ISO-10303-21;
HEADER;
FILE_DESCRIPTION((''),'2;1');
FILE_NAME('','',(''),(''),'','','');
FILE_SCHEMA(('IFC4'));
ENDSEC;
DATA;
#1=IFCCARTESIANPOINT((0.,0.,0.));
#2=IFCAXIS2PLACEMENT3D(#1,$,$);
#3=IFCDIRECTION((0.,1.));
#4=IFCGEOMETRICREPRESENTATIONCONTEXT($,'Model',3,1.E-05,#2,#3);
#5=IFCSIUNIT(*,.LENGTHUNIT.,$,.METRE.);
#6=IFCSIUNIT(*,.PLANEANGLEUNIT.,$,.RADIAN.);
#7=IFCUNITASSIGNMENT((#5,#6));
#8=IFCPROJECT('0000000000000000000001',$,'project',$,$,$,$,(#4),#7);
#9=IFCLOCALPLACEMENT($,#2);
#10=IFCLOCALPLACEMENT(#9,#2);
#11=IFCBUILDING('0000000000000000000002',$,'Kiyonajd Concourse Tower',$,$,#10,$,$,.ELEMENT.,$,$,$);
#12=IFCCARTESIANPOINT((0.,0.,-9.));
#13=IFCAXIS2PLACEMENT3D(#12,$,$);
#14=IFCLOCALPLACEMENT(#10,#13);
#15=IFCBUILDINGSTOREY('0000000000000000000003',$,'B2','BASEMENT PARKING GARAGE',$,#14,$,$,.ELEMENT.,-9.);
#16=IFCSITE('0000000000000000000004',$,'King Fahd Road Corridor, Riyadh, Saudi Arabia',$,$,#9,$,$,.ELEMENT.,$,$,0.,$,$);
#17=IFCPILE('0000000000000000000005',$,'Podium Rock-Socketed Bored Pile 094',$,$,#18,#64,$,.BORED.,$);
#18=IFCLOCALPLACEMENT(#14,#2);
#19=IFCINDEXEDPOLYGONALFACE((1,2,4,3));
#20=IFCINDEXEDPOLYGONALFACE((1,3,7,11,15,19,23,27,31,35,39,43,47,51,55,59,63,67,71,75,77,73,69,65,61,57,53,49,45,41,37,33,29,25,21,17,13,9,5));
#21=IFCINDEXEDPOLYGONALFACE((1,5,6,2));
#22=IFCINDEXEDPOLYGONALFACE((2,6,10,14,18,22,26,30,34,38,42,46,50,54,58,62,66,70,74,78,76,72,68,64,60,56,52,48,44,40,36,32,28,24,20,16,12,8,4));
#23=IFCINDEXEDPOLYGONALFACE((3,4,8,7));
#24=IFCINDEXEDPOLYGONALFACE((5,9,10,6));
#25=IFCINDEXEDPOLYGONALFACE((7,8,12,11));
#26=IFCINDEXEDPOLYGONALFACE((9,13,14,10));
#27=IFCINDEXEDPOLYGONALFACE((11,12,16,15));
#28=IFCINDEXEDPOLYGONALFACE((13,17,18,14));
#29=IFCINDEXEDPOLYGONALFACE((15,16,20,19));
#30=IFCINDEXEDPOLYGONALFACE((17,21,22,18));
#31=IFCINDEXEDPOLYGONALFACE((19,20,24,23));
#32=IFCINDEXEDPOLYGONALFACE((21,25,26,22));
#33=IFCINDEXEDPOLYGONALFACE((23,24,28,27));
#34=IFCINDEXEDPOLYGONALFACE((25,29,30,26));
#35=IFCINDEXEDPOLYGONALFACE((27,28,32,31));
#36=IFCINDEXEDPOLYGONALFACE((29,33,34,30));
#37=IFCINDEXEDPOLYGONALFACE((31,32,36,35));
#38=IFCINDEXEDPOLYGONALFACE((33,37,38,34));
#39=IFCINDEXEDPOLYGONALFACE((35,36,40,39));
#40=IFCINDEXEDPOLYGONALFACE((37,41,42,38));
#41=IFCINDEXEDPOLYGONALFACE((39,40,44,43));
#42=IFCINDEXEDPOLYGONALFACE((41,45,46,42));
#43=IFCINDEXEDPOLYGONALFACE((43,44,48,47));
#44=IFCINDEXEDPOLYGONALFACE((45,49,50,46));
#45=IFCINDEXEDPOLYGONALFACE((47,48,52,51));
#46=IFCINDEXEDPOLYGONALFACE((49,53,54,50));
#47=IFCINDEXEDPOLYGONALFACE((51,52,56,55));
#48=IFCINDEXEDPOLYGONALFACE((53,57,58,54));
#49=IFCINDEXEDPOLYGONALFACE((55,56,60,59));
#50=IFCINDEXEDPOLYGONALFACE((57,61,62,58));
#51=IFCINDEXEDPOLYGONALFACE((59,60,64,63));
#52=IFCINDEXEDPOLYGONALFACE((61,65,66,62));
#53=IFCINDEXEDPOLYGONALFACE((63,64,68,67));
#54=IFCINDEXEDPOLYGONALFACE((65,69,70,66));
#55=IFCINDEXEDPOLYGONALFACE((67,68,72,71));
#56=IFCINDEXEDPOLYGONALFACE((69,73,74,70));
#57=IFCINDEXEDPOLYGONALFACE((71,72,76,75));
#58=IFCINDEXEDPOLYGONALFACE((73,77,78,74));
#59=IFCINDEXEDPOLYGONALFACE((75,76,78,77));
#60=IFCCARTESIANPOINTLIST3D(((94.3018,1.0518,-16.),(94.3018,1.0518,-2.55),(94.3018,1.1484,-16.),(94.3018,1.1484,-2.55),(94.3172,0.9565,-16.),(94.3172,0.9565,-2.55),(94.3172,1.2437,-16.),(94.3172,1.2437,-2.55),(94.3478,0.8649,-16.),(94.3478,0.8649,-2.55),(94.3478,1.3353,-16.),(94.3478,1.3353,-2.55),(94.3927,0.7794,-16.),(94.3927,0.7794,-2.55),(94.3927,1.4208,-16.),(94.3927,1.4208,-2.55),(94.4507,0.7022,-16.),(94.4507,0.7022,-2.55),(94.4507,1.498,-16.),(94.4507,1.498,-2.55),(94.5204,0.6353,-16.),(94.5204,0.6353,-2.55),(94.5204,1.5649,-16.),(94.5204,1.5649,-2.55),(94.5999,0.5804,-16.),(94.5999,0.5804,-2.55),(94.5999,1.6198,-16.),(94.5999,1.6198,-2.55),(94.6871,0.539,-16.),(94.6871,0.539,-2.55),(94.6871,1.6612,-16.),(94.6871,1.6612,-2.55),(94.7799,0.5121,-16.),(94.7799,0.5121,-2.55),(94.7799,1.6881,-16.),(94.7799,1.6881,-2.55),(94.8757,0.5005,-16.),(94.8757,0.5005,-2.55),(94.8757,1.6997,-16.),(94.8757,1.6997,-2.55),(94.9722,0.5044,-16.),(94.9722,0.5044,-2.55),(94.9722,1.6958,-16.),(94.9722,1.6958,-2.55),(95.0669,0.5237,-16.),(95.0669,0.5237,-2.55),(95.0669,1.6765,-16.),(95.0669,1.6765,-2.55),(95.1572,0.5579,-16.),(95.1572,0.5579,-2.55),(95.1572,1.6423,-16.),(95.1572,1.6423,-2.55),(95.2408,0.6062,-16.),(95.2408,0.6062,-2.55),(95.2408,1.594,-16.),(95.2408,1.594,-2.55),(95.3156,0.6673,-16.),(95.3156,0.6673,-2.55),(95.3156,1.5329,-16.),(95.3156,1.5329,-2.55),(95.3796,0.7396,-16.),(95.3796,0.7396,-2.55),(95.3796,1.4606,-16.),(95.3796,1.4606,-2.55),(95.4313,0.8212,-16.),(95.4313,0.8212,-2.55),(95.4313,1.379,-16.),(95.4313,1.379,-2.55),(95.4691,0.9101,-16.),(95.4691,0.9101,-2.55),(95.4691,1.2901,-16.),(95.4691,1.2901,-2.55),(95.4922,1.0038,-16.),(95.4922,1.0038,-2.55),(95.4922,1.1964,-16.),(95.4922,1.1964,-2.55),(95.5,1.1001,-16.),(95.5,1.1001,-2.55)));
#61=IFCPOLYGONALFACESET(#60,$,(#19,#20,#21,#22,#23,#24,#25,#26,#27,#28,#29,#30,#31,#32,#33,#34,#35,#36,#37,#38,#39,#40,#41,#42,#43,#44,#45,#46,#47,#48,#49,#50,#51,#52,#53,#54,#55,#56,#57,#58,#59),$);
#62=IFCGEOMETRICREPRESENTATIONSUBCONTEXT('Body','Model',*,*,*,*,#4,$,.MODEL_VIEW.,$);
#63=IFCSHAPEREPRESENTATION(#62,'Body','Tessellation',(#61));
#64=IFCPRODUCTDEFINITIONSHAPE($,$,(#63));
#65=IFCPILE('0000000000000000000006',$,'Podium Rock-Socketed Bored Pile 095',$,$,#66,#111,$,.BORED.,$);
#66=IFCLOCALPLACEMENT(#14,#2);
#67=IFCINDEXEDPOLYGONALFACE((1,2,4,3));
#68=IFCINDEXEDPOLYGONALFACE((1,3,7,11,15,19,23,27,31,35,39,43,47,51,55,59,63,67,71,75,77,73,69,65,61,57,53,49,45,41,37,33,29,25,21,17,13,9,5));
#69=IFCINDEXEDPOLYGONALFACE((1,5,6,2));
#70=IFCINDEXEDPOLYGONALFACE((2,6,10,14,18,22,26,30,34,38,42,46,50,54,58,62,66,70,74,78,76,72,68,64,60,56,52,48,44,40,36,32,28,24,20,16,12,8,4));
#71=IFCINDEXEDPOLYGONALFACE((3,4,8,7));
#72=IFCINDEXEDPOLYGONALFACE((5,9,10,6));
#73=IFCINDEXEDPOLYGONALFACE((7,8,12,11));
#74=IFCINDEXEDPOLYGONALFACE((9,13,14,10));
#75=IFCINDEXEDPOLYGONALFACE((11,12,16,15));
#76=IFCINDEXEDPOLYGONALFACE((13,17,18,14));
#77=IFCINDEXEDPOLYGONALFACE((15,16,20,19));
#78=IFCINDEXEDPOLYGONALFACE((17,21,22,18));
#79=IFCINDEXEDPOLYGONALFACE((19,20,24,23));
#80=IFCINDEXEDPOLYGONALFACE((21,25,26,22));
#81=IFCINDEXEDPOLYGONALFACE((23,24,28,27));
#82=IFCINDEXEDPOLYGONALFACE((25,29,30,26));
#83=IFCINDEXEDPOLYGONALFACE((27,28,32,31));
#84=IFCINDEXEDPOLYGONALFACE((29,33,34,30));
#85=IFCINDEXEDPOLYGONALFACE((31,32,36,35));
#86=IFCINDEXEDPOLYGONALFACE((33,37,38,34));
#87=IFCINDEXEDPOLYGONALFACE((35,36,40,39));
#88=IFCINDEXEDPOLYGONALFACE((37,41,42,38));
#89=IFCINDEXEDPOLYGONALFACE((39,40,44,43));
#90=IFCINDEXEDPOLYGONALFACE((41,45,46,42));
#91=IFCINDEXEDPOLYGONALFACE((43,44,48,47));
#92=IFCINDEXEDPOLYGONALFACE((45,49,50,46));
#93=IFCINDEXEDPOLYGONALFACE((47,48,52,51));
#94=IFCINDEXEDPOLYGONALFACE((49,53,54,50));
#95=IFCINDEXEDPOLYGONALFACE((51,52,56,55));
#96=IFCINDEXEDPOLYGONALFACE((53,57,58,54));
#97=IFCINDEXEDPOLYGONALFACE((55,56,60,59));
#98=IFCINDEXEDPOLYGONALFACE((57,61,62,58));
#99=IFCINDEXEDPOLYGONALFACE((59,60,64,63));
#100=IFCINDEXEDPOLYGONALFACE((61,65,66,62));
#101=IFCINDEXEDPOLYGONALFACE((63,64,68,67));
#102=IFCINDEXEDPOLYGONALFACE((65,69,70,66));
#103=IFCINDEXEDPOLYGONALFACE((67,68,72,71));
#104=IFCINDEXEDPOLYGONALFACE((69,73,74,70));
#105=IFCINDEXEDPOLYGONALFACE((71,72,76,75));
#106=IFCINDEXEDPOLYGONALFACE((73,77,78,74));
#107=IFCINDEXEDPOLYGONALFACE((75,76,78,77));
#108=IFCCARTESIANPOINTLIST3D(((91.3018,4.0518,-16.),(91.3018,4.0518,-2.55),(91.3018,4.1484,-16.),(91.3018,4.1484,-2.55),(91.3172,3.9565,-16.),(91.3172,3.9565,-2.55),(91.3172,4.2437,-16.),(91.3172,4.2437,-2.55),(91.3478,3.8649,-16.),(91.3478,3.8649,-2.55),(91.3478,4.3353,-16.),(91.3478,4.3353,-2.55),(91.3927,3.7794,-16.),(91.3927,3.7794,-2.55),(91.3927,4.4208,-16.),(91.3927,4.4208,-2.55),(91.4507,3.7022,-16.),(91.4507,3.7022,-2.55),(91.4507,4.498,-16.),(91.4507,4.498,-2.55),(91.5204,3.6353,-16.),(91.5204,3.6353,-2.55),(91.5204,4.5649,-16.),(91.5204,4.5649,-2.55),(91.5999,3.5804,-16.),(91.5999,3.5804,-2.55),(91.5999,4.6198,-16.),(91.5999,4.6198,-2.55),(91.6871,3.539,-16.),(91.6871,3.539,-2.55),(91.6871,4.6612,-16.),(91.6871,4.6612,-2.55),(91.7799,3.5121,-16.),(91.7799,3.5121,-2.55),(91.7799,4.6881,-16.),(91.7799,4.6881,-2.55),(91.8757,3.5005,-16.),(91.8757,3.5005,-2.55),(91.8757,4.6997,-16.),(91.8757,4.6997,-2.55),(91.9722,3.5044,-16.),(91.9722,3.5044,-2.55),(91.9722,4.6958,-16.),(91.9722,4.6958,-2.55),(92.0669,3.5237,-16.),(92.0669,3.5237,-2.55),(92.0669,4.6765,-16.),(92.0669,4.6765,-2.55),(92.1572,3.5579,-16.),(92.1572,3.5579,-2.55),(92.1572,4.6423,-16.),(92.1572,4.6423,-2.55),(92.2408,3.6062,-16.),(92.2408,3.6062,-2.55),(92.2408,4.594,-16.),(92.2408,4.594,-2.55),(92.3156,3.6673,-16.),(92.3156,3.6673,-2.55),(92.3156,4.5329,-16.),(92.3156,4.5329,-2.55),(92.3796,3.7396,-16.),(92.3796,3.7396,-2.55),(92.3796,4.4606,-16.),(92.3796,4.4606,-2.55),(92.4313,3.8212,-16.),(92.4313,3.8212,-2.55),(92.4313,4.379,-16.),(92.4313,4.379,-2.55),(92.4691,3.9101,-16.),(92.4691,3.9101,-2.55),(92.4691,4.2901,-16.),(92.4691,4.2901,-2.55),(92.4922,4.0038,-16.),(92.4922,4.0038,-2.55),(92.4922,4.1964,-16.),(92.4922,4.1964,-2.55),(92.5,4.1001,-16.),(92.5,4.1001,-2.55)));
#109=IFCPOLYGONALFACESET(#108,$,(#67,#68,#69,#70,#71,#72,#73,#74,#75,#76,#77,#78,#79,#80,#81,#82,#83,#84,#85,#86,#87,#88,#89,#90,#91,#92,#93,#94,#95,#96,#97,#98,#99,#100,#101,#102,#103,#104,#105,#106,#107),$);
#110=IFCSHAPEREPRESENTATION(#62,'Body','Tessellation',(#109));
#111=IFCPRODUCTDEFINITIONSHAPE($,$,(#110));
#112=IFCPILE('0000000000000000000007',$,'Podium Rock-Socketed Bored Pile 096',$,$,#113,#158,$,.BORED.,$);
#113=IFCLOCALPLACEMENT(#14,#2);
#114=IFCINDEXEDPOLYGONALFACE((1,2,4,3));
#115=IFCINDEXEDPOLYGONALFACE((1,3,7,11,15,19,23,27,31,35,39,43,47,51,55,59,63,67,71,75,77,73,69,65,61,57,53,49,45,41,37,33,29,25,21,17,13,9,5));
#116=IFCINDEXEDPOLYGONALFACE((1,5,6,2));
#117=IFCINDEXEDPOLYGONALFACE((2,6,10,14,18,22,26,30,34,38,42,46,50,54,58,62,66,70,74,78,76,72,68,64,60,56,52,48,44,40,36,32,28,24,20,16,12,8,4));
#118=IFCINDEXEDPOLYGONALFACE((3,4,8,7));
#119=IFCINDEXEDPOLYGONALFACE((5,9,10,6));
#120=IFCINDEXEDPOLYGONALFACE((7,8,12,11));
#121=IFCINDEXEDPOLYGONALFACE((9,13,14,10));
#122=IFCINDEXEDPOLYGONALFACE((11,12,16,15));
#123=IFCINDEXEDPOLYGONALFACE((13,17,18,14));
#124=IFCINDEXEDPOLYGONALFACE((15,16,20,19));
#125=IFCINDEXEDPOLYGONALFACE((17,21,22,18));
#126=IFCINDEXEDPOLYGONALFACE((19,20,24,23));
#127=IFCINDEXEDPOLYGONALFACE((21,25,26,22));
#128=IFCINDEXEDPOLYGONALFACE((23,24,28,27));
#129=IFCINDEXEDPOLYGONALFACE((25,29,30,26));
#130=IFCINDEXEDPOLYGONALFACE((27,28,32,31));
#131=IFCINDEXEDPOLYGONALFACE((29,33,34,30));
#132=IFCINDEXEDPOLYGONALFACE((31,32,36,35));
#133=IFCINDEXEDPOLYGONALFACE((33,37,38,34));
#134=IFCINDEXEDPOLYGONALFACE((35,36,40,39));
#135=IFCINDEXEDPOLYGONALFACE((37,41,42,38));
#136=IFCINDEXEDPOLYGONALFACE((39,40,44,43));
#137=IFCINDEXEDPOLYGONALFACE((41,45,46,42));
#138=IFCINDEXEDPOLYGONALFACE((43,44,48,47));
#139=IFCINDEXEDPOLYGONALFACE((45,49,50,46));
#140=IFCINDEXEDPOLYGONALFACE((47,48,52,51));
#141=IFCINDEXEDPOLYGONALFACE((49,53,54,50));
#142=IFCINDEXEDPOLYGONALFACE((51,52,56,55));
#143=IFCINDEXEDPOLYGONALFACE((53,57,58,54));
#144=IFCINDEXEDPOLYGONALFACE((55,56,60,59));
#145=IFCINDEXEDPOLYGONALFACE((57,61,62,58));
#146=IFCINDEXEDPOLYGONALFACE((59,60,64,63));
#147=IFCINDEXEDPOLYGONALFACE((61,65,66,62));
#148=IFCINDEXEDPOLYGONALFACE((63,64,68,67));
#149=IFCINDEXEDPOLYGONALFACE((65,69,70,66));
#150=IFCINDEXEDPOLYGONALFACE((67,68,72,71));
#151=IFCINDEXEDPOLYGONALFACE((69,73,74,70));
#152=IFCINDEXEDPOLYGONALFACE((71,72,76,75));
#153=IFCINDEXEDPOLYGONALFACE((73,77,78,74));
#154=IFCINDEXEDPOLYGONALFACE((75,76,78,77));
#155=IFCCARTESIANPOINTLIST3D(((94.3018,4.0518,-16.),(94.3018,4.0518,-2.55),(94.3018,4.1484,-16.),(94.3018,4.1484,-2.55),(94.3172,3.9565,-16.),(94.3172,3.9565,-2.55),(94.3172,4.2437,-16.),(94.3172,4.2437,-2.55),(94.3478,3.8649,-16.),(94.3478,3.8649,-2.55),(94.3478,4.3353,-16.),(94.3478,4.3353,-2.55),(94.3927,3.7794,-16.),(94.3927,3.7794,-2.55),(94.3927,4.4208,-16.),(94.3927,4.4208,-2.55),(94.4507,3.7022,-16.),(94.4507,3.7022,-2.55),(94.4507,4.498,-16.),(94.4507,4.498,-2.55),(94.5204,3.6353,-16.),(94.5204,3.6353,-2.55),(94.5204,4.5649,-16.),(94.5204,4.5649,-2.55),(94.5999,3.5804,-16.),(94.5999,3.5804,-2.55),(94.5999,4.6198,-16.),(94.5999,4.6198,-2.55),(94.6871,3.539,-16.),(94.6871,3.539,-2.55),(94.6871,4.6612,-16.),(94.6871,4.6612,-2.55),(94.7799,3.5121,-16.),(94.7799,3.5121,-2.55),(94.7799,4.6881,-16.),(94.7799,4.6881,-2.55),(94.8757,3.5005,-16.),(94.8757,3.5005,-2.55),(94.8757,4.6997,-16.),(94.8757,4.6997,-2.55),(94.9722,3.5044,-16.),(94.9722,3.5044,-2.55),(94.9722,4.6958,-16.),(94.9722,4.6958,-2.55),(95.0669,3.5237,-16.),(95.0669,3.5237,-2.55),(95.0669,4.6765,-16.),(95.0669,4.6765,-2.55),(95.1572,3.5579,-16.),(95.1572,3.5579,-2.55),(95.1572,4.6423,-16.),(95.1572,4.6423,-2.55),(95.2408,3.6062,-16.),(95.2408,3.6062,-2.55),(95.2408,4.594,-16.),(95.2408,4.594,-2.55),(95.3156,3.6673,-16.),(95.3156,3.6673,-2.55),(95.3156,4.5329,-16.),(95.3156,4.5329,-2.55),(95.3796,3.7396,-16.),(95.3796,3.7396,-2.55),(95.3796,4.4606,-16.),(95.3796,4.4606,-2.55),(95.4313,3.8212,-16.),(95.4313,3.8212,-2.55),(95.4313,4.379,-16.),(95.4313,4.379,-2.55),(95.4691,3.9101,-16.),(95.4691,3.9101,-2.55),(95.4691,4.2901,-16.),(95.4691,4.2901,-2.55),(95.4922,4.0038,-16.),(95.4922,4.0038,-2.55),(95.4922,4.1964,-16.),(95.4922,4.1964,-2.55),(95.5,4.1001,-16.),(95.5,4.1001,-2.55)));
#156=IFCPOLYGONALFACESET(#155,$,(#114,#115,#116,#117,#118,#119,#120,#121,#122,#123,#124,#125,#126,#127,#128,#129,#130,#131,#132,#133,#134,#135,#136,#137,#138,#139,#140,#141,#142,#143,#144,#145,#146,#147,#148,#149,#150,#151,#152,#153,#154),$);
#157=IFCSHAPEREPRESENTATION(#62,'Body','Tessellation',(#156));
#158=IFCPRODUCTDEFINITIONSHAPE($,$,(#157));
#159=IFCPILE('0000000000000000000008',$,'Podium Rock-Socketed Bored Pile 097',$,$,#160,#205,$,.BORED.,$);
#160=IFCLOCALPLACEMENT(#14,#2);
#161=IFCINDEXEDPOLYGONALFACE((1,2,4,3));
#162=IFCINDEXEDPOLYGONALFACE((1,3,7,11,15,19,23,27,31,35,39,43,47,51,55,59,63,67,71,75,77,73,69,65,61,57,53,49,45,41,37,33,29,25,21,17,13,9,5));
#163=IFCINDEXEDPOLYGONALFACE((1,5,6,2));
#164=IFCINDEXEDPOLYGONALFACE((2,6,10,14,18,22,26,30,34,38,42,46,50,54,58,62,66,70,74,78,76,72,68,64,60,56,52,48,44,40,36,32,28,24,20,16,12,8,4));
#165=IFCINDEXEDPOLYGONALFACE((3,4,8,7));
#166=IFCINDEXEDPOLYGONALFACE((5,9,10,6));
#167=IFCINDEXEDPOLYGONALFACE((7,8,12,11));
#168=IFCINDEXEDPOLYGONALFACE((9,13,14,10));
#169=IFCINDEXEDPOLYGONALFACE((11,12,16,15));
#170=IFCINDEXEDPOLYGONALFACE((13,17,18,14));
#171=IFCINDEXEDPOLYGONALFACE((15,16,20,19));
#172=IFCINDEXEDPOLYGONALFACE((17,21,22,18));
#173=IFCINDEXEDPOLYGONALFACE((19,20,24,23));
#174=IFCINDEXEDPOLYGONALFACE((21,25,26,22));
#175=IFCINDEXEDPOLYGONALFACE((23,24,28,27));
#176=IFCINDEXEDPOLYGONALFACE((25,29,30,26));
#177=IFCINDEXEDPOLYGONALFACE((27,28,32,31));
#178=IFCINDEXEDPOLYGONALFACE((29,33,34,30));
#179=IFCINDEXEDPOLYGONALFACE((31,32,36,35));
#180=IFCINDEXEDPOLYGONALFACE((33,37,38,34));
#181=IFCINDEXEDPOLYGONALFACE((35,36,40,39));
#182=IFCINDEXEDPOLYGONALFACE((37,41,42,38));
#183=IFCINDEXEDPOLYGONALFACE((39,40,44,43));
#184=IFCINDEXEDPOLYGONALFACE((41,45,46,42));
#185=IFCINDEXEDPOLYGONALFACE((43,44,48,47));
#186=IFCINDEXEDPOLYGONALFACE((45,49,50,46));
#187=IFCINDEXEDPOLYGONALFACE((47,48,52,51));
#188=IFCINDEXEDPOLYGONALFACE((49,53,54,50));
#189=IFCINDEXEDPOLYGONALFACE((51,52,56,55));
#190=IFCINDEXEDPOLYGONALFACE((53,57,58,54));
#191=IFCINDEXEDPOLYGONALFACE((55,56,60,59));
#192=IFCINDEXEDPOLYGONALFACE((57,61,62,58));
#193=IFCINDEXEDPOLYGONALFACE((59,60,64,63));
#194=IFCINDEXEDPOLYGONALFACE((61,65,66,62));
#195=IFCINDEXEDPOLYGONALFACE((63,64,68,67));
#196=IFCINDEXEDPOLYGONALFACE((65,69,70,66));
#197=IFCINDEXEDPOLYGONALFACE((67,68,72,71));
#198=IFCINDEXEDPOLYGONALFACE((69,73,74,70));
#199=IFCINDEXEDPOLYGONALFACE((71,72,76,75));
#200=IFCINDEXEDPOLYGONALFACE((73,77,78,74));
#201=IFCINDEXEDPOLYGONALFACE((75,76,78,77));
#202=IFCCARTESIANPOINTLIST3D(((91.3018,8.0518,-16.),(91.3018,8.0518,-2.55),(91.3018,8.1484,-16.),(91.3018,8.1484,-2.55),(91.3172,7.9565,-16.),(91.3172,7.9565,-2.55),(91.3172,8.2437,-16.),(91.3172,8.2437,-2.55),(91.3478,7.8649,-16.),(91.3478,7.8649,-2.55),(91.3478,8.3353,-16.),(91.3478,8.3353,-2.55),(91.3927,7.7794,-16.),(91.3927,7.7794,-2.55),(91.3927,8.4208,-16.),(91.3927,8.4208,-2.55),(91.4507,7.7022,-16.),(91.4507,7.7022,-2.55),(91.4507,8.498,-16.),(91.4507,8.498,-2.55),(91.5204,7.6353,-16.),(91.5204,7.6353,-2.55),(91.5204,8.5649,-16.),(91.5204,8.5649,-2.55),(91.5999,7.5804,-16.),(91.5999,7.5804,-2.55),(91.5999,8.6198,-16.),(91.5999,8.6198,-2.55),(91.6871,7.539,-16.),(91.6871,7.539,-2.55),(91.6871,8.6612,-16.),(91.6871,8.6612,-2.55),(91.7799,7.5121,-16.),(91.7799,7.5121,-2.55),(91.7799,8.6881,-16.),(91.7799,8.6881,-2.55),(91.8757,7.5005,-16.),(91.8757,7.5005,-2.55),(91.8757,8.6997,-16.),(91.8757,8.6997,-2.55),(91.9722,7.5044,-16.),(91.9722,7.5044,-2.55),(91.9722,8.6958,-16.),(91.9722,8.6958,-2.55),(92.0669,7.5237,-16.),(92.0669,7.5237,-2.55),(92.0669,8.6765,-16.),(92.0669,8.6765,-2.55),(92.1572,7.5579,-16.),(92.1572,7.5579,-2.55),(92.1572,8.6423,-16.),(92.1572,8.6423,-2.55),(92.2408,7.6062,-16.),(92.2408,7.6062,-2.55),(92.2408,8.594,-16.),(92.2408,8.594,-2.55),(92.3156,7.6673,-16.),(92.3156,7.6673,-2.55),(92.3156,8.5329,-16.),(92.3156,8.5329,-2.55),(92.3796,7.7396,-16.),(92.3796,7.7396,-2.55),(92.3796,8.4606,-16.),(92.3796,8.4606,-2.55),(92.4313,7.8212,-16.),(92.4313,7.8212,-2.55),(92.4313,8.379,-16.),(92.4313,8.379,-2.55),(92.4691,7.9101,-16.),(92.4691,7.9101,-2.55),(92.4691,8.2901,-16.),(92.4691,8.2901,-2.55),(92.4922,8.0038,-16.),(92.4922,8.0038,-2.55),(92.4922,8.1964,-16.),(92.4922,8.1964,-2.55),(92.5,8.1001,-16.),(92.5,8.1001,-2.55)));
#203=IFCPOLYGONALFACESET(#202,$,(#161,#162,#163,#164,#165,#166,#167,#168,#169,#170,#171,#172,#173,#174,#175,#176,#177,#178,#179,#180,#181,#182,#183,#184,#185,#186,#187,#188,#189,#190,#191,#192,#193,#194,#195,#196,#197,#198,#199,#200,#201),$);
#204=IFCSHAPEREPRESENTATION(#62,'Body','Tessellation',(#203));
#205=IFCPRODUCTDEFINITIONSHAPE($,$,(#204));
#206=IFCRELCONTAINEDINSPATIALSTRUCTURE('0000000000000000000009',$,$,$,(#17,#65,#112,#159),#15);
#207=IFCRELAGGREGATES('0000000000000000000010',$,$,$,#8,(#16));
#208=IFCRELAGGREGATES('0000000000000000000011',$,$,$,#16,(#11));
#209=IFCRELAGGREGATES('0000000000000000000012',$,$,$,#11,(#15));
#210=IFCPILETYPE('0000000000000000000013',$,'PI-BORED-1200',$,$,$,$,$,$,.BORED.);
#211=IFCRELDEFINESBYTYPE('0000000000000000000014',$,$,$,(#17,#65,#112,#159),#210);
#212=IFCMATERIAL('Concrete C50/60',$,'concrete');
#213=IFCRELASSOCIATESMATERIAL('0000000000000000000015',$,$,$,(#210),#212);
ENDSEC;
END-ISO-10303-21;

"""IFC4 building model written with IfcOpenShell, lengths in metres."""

from ifc_helpers import new_model, si_unit, direction, frame, origin, origin_2d, place, context, subcontext, project, spatial, circle, extrude, material, material_profile, profile_set, type_object, element, save


model = new_model("IFC4")

# Units and contexts
model_context = context("Model", 3, precision=1e-05, world=origin(), true_north=direction((0.0, 1.0)))
body_context = subcontext(model_context, "Body", "Model", "MODEL_VIEW")
ifc_project = project(units=[si_unit("LENGTHUNIT", "METRE"), si_unit("PLANEANGLEUNIT", "RADIAN")], contexts=[model_context])

# Site, building, storey
site_placement = place(None, origin())
site = spatial("IfcSite", under=ifc_project, at=site_placement, Name="King Fahd Road Corridor, Riyadh, Saudi Arabia", CompositionType="ELEMENT", RefElevation=0.0)
building_placement = place(site_placement, origin())
building = spatial("IfcBuilding", under=site, at=building_placement, Name="Kiyonajd Concourse Tower", CompositionType="ELEMENT")
storey_placement = place(building_placement, frame((0.0, 0.0, -9.0)))
storey = spatial("IfcBuildingStorey", under=building, at=storey_placement, Name="B2", Description="BASEMENT PARKING GARAGE", CompositionType="ELEMENT", Elevation=-9.0)

# Shared definitions
ifc_material_1 = material(Name="Concrete C50/60", Category="concrete")

# Piles
ifc_material_profile_1 = material_profile(ifc_material_1, circle(Radius=0.6001, at=origin_2d()), Name="PILE-D1200")
ifc_profile_set_1 = profile_set([ifc_material_profile_1], Name="Concrete C50/60")
pile_type = type_object("IfcPileType", Name="PI-BORED-1200", PredefinedType="BORED", material=ifc_profile_set_1)
for number, where, z_axis, x_axis, name in (
    (1, (94.8999, 1.1001, -2.55), (0.0, 0.0, -1.0), (1.0, 0.0, 0.0), "Podium Rock-Socketed Bored Pile 094"),
    (2, (91.8999, 4.1001, -2.55), (0.0, 0.0, -1.0), (1.0, 0.0, 0.0), "Podium Rock-Socketed Bored Pile 095"),
    (3, (94.8999, 4.1001, -2.55), (0.0, 0.0, -1.0), (1.0, 0.0, 0.0), "Podium Rock-Socketed Bored Pile 096"),
    (4, (91.8999, 8.1001, -2.55), (0.0, 0.0, -1.0), (1.0, 0.0, 0.0), "Podium Rock-Socketed Bored Pile 097"),
):
    element("IfcPile", number, at=place(storey_placement, frame(where, z_axis=z_axis, x_axis=x_axis)), inside=storey, type_object=pile_type, Name=name, PredefinedType="BORED", context=body_context, shape_type="SweptSolid", body=[
        extrude(circle(Radius=0.6001, at=origin_2d()), origin(), (0.0, 0.0, 1.0), 13.45),
    ])

save(model, "model.ifc")
